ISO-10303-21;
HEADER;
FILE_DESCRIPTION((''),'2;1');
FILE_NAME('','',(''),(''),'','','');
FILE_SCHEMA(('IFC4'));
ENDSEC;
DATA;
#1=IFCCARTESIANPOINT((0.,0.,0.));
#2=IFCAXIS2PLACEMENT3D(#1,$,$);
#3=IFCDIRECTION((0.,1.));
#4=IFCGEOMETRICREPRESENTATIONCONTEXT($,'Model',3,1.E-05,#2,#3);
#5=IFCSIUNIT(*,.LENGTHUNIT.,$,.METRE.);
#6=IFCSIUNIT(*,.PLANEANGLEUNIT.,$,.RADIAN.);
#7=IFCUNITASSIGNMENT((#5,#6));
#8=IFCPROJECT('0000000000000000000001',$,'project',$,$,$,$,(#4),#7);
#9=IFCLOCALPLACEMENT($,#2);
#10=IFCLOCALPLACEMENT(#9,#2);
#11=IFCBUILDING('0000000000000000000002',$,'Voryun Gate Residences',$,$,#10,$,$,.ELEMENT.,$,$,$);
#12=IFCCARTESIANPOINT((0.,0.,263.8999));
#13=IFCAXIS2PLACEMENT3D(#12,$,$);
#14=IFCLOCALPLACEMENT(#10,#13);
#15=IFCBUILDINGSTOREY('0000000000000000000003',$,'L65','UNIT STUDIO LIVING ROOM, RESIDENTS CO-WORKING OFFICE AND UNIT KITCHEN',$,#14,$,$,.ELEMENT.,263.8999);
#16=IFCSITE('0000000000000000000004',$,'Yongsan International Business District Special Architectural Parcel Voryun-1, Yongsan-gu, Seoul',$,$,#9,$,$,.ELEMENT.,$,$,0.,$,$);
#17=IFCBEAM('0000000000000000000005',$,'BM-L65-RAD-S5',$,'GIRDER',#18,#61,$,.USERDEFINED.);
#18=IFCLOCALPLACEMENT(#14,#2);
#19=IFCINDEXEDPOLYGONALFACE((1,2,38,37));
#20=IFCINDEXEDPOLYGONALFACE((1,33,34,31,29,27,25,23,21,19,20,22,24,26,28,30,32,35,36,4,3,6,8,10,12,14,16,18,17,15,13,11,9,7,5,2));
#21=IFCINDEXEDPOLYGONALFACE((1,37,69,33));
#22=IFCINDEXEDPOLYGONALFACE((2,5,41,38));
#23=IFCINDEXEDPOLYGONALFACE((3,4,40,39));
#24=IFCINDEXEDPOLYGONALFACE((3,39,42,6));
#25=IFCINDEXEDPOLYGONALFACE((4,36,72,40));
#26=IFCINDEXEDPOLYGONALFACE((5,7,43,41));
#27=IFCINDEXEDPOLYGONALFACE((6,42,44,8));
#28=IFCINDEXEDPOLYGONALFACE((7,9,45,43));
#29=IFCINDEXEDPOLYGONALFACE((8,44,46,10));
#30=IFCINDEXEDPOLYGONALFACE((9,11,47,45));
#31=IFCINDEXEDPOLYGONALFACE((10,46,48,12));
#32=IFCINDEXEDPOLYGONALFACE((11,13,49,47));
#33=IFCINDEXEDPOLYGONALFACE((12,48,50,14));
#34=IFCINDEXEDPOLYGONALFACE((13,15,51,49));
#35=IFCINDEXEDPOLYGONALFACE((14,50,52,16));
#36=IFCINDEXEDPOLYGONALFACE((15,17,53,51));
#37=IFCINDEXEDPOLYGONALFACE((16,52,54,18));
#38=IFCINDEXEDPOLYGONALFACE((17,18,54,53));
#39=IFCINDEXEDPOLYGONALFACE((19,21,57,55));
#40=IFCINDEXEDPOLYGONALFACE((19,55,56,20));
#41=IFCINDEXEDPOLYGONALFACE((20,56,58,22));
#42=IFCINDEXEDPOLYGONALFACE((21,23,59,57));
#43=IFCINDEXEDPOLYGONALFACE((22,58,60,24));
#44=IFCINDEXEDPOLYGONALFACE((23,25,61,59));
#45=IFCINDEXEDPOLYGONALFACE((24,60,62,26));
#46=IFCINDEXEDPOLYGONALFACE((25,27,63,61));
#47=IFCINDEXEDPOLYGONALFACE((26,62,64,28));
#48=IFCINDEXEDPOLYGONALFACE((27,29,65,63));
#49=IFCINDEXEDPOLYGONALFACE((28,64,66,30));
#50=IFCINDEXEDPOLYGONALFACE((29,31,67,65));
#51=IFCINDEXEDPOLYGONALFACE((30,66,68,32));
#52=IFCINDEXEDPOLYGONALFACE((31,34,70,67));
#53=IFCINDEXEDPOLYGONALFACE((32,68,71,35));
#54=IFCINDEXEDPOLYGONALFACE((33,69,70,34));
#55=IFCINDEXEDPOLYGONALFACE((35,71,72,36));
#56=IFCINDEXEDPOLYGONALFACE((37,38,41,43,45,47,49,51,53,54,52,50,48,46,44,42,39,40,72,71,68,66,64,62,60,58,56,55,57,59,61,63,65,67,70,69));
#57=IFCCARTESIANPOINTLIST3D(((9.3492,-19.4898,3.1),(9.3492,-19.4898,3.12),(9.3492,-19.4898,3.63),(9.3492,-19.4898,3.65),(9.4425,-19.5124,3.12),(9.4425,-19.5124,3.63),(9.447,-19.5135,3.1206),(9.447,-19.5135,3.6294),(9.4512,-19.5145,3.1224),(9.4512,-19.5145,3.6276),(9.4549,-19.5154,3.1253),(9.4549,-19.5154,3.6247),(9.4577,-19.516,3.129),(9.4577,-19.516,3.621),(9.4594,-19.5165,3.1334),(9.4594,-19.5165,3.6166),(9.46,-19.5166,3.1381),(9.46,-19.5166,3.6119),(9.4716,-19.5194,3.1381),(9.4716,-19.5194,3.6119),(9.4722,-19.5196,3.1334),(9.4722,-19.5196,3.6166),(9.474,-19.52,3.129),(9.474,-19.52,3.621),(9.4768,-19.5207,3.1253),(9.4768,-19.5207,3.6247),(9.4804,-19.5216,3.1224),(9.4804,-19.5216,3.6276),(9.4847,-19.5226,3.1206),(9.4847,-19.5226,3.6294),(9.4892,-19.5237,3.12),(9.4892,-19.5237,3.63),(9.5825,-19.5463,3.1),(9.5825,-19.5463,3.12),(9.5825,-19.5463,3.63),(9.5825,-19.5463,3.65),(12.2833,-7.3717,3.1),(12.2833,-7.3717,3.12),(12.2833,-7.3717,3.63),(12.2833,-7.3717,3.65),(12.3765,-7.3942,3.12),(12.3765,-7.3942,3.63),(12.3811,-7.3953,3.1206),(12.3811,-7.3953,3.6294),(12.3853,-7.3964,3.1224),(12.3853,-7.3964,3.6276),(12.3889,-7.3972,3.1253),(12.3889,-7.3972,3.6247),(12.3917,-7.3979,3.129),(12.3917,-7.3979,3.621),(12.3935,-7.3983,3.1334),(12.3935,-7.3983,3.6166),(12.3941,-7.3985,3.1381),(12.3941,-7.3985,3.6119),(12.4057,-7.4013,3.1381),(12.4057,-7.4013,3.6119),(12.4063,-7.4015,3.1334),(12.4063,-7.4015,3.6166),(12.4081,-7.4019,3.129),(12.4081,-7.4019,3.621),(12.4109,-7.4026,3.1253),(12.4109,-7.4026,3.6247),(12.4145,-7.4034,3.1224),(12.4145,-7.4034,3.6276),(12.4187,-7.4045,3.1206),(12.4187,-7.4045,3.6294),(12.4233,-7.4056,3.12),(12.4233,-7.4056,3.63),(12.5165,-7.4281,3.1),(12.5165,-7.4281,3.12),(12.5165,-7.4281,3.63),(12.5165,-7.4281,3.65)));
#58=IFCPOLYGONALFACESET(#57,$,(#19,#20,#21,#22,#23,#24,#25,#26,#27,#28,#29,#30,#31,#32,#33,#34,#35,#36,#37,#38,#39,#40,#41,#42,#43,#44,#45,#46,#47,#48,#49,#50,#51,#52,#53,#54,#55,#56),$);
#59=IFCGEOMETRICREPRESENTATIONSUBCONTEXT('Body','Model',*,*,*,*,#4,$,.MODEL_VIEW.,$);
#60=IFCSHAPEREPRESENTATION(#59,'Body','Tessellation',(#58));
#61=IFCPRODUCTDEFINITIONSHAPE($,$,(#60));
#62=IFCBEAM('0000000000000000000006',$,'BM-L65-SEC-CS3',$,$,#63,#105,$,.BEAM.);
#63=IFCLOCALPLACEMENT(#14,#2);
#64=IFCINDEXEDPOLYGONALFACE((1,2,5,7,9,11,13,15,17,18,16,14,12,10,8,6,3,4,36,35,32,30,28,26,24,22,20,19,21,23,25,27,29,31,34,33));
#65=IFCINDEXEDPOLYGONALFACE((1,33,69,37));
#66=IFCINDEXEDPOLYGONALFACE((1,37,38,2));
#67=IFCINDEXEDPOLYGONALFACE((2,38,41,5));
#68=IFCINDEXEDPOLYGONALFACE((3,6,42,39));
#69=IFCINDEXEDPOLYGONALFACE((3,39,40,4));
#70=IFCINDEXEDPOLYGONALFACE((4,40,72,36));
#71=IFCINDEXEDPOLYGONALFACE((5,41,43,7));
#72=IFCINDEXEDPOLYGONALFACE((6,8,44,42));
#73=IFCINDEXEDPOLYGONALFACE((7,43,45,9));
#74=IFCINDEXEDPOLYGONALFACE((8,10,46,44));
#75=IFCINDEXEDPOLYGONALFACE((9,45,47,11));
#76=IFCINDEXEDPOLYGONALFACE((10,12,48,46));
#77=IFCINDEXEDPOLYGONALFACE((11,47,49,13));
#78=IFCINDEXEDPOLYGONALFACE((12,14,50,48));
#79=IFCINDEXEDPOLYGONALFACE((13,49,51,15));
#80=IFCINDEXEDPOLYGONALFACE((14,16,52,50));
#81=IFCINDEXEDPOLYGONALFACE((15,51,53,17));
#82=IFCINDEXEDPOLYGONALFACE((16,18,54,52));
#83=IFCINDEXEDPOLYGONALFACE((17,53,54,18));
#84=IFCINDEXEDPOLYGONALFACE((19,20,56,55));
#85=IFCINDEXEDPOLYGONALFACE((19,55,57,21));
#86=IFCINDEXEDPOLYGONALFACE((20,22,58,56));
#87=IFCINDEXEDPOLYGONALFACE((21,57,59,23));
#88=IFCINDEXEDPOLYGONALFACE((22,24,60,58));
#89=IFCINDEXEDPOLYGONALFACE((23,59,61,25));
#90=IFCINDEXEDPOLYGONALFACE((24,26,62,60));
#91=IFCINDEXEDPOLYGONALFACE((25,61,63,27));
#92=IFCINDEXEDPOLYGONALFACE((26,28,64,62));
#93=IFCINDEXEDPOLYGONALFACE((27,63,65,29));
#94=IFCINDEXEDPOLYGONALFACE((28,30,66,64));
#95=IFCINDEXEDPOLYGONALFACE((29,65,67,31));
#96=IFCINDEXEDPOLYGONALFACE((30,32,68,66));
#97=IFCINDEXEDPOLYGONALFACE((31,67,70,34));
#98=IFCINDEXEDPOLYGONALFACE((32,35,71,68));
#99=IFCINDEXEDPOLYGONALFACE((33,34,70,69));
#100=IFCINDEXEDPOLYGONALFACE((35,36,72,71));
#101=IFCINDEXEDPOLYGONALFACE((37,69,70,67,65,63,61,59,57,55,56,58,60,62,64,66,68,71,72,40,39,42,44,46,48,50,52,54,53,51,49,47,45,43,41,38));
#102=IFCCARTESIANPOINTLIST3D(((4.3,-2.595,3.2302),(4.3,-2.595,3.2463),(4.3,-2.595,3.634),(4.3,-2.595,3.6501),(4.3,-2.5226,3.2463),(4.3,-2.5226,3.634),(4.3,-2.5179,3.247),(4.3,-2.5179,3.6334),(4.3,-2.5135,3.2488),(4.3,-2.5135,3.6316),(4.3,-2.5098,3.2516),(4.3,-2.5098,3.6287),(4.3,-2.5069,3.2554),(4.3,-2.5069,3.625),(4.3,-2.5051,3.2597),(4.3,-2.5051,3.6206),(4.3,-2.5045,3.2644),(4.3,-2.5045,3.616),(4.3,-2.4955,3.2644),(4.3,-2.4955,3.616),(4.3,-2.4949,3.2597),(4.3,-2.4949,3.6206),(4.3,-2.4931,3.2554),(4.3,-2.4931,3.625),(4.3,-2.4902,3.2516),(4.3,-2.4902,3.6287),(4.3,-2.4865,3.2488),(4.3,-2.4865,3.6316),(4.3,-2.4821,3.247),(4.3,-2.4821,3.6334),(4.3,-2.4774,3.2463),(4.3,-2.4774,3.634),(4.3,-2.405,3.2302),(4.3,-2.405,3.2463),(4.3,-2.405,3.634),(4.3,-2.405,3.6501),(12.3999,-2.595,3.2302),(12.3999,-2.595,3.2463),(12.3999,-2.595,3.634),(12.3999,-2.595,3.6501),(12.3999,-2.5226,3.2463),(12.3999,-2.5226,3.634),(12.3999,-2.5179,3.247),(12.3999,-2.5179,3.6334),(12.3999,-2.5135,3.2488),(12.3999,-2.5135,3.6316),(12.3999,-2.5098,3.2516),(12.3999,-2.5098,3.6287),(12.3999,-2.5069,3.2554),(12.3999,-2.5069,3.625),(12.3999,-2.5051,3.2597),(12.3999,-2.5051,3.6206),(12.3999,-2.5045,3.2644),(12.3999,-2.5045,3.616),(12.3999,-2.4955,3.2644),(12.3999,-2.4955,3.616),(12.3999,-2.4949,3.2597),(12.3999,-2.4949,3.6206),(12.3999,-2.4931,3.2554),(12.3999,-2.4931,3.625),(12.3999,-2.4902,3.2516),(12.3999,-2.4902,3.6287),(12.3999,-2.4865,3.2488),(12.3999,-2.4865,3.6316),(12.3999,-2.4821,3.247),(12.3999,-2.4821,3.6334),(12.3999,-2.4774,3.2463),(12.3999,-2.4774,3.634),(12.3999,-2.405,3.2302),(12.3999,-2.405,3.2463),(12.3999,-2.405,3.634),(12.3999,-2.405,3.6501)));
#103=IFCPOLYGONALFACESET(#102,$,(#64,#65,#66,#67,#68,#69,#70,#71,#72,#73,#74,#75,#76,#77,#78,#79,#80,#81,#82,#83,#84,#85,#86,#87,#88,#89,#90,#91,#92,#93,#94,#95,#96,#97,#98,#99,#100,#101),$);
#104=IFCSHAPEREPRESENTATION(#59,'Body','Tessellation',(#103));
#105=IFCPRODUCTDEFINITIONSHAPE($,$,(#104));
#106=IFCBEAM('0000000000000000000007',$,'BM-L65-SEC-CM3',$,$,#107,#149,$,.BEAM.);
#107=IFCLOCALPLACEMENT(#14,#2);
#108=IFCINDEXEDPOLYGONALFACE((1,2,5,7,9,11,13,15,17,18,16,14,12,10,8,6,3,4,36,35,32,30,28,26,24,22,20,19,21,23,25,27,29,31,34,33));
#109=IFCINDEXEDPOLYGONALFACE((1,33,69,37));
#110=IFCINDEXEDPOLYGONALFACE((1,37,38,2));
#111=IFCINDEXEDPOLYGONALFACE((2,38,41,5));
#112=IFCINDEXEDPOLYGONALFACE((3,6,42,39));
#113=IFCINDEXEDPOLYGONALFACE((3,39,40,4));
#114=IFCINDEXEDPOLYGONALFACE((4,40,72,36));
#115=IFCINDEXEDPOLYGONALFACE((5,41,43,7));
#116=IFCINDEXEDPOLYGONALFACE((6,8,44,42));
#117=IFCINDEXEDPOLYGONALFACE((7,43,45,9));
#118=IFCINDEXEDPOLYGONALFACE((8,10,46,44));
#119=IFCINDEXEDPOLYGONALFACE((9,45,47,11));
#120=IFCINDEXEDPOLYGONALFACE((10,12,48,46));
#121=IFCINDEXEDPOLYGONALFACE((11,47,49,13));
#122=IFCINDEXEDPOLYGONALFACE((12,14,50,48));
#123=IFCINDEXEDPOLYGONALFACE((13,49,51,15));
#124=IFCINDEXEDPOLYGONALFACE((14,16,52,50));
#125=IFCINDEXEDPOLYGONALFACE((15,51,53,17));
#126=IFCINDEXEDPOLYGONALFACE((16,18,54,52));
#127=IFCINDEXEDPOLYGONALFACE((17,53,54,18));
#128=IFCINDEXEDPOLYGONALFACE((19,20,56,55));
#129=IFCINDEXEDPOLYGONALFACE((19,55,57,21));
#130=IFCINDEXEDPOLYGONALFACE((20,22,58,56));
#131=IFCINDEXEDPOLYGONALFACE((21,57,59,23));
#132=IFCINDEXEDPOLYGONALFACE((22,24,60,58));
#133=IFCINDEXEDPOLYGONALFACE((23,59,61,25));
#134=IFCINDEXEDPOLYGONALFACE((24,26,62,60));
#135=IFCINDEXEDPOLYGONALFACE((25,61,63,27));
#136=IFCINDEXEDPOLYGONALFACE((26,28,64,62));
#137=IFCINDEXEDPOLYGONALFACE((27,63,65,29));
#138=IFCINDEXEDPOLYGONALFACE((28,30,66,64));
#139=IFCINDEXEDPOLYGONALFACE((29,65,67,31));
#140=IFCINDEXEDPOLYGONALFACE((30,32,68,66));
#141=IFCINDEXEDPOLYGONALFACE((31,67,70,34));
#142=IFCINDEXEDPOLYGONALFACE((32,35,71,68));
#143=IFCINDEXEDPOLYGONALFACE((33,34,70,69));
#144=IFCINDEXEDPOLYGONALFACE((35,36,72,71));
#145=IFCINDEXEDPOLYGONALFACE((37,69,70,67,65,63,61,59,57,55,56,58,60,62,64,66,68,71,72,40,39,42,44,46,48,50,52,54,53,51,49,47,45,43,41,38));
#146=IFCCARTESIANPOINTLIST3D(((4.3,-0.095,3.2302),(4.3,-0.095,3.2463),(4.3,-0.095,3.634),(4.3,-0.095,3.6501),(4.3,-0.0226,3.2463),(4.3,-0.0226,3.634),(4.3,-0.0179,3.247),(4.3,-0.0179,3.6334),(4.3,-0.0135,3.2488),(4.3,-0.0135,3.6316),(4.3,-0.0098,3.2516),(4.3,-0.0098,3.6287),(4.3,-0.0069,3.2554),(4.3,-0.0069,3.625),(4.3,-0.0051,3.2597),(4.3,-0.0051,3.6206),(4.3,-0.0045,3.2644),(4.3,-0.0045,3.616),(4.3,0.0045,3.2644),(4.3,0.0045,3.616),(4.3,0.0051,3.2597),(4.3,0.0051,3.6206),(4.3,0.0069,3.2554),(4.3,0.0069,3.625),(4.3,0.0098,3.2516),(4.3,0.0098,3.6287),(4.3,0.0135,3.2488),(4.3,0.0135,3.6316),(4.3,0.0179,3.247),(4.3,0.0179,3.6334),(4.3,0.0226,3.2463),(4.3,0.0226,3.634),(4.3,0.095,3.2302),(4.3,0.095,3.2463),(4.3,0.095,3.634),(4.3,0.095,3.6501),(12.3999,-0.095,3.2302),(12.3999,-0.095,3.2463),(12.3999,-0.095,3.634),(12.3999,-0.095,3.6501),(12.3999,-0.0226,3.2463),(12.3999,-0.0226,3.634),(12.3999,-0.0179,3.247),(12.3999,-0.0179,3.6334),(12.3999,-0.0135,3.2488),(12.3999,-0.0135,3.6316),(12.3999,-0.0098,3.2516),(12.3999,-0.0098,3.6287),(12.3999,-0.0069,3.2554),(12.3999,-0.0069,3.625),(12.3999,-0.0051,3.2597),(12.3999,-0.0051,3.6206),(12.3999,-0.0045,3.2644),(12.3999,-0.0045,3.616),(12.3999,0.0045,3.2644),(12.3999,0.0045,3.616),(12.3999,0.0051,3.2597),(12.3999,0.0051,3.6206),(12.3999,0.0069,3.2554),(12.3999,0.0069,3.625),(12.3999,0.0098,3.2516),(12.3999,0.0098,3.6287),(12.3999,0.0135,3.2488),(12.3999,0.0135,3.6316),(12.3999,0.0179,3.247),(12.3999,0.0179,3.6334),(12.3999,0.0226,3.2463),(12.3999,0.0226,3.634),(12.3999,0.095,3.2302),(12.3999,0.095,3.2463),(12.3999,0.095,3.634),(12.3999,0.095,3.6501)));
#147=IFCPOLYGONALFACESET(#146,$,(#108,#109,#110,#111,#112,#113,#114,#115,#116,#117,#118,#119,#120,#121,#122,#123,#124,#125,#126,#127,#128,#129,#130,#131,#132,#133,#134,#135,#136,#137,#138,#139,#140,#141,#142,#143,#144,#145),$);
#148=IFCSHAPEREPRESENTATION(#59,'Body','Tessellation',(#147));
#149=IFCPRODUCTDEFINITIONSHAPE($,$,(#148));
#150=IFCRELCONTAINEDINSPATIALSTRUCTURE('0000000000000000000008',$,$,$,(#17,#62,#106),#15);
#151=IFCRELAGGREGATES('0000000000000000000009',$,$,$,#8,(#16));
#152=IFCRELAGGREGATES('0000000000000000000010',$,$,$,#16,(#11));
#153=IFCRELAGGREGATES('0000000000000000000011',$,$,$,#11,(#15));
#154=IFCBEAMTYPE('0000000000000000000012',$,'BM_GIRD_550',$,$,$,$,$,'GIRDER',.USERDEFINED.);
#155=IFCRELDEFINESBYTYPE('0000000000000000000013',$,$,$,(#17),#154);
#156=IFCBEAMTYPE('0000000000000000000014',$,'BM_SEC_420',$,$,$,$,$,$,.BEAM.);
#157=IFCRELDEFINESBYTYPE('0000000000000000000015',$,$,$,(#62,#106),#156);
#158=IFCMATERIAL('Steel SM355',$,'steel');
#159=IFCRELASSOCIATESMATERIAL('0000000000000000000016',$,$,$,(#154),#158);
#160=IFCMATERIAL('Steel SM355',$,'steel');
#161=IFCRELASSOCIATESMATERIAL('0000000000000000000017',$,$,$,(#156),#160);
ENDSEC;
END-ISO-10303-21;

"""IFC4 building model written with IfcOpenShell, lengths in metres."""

from ifc_helpers import new_model, si_unit, direction, frame, origin, origin_2d, place, context, subcontext, project, spatial, i_section, extrude, material, material_profile, profile_set, type_object, element, save


model = new_model("IFC4")

# Units and contexts
model_context = context("Model", 3, precision=1e-05, world=origin(), true_north=direction((0.0, 1.0)))
body_context = subcontext(model_context, "Body", "Model", "MODEL_VIEW")
ifc_project = project(units=[si_unit("LENGTHUNIT", "METRE"), si_unit("PLANEANGLEUNIT", "RADIAN")], contexts=[model_context])

# Site, building, storey
site_placement = place(None, origin())
site = spatial("IfcSite", under=ifc_project, at=site_placement, Name="Yongsan International Business District Special Architectural Parcel Voryun-1, Yongsan-gu, Seoul", CompositionType="ELEMENT", RefElevation=0.0)
building_placement = place(site_placement, origin())
building = spatial("IfcBuilding", under=site, at=building_placement, Name="Voryun Gate Residences", CompositionType="ELEMENT")
storey_placement = place(building_placement, frame((0.0, 0.0, 263.8999)))
storey = spatial("IfcBuildingStorey", under=building, at=storey_placement, Name="L65", Description="UNIT STUDIO LIVING ROOM, RESIDENTS CO-WORKING OFFICE AND UNIT KITCHEN", CompositionType="ELEMENT", Elevation=263.8999)

# Beams
ifc_material_1 = material(Name="Steel SM355", Category="steel")
ifc_material_profile_1 = material_profile(ifc_material_1, i_section(OverallWidth=0.24, OverallDepth=0.55, WebThickness=0.012, FlangeThickness=0.02, FilletRadius=0.0181, at=origin_2d()), Name="H-550x240x12x20")
ifc_profile_set_1 = profile_set([ifc_material_profile_1], Name="Steel SM355")
beam_type_1 = type_object("IfcBeamType", Name="BM_GIRD_550", ElementType="GIRDER", PredefinedType="USERDEFINED", material=ifc_profile_set_1)
beam_1_placement = place(storey_placement, frame((12.3999, -7.3999, 3.375), z_axis=(-0.235323, -0.971917, 0.0), x_axis=(0.971917, -0.235323, 0.0)))
element("IfcBeam", 1, at=beam_1_placement, inside=storey, type_object=beam_type_1, Name="BM-L65-RAD-S5", ObjectType="GIRDER", PredefinedType="USERDEFINED", context=body_context, shape_type="SweptSolid", body=[
    extrude(i_section(OverallWidth=0.24, OverallDepth=0.55, WebThickness=0.012, FlangeThickness=0.02, FilletRadius=0.0181, at=origin_2d()), origin(), (0.0, 0.0, 1.0), 12.4683),
])
ifc_material_2 = material(Name="Steel SM355", Category="steel")
ifc_material_profile_2 = material_profile(ifc_material_2, i_section(OverallWidth=0.1899, OverallDepth=0.4199, WebThickness=0.009, FlangeThickness=0.0161, FilletRadius=0.0181, at=origin_2d()), Name="H-420x190x9x16")
ifc_profile_set_2 = profile_set([ifc_material_profile_2], Name="Steel SM355")
beam_type_2 = type_object("IfcBeamType", Name="BM_SEC_420", PredefinedType="BEAM", material=ifc_profile_set_2)
for number, where, z_axis, x_axis, name in (
    (2, (4.3, -2.5, 3.4402), (1.0, 0.0, 0.0), (0.0, 1.0, 0.0), "BM-L65-SEC-CS3"),
    (3, (4.3, 0.0, 3.4402), (1.0, 0.0, 0.0), (0.0, 1.0, 0.0), "BM-L65-SEC-CM3"),
):
    element("IfcBeam", number, at=place(storey_placement, frame(where, z_axis=z_axis, x_axis=x_axis)), inside=storey, type_object=beam_type_2, Name=name, PredefinedType="BEAM", context=body_context, shape_type="SweptSolid", body=[
        extrude(i_section(OverallWidth=0.1899, OverallDepth=0.4199, WebThickness=0.009, FlangeThickness=0.0161, FilletRadius=0.0181, at=origin_2d()), origin(), (0.0, 0.0, 1.0), 8.0999),
    ])

save(model, "model.ifc")
